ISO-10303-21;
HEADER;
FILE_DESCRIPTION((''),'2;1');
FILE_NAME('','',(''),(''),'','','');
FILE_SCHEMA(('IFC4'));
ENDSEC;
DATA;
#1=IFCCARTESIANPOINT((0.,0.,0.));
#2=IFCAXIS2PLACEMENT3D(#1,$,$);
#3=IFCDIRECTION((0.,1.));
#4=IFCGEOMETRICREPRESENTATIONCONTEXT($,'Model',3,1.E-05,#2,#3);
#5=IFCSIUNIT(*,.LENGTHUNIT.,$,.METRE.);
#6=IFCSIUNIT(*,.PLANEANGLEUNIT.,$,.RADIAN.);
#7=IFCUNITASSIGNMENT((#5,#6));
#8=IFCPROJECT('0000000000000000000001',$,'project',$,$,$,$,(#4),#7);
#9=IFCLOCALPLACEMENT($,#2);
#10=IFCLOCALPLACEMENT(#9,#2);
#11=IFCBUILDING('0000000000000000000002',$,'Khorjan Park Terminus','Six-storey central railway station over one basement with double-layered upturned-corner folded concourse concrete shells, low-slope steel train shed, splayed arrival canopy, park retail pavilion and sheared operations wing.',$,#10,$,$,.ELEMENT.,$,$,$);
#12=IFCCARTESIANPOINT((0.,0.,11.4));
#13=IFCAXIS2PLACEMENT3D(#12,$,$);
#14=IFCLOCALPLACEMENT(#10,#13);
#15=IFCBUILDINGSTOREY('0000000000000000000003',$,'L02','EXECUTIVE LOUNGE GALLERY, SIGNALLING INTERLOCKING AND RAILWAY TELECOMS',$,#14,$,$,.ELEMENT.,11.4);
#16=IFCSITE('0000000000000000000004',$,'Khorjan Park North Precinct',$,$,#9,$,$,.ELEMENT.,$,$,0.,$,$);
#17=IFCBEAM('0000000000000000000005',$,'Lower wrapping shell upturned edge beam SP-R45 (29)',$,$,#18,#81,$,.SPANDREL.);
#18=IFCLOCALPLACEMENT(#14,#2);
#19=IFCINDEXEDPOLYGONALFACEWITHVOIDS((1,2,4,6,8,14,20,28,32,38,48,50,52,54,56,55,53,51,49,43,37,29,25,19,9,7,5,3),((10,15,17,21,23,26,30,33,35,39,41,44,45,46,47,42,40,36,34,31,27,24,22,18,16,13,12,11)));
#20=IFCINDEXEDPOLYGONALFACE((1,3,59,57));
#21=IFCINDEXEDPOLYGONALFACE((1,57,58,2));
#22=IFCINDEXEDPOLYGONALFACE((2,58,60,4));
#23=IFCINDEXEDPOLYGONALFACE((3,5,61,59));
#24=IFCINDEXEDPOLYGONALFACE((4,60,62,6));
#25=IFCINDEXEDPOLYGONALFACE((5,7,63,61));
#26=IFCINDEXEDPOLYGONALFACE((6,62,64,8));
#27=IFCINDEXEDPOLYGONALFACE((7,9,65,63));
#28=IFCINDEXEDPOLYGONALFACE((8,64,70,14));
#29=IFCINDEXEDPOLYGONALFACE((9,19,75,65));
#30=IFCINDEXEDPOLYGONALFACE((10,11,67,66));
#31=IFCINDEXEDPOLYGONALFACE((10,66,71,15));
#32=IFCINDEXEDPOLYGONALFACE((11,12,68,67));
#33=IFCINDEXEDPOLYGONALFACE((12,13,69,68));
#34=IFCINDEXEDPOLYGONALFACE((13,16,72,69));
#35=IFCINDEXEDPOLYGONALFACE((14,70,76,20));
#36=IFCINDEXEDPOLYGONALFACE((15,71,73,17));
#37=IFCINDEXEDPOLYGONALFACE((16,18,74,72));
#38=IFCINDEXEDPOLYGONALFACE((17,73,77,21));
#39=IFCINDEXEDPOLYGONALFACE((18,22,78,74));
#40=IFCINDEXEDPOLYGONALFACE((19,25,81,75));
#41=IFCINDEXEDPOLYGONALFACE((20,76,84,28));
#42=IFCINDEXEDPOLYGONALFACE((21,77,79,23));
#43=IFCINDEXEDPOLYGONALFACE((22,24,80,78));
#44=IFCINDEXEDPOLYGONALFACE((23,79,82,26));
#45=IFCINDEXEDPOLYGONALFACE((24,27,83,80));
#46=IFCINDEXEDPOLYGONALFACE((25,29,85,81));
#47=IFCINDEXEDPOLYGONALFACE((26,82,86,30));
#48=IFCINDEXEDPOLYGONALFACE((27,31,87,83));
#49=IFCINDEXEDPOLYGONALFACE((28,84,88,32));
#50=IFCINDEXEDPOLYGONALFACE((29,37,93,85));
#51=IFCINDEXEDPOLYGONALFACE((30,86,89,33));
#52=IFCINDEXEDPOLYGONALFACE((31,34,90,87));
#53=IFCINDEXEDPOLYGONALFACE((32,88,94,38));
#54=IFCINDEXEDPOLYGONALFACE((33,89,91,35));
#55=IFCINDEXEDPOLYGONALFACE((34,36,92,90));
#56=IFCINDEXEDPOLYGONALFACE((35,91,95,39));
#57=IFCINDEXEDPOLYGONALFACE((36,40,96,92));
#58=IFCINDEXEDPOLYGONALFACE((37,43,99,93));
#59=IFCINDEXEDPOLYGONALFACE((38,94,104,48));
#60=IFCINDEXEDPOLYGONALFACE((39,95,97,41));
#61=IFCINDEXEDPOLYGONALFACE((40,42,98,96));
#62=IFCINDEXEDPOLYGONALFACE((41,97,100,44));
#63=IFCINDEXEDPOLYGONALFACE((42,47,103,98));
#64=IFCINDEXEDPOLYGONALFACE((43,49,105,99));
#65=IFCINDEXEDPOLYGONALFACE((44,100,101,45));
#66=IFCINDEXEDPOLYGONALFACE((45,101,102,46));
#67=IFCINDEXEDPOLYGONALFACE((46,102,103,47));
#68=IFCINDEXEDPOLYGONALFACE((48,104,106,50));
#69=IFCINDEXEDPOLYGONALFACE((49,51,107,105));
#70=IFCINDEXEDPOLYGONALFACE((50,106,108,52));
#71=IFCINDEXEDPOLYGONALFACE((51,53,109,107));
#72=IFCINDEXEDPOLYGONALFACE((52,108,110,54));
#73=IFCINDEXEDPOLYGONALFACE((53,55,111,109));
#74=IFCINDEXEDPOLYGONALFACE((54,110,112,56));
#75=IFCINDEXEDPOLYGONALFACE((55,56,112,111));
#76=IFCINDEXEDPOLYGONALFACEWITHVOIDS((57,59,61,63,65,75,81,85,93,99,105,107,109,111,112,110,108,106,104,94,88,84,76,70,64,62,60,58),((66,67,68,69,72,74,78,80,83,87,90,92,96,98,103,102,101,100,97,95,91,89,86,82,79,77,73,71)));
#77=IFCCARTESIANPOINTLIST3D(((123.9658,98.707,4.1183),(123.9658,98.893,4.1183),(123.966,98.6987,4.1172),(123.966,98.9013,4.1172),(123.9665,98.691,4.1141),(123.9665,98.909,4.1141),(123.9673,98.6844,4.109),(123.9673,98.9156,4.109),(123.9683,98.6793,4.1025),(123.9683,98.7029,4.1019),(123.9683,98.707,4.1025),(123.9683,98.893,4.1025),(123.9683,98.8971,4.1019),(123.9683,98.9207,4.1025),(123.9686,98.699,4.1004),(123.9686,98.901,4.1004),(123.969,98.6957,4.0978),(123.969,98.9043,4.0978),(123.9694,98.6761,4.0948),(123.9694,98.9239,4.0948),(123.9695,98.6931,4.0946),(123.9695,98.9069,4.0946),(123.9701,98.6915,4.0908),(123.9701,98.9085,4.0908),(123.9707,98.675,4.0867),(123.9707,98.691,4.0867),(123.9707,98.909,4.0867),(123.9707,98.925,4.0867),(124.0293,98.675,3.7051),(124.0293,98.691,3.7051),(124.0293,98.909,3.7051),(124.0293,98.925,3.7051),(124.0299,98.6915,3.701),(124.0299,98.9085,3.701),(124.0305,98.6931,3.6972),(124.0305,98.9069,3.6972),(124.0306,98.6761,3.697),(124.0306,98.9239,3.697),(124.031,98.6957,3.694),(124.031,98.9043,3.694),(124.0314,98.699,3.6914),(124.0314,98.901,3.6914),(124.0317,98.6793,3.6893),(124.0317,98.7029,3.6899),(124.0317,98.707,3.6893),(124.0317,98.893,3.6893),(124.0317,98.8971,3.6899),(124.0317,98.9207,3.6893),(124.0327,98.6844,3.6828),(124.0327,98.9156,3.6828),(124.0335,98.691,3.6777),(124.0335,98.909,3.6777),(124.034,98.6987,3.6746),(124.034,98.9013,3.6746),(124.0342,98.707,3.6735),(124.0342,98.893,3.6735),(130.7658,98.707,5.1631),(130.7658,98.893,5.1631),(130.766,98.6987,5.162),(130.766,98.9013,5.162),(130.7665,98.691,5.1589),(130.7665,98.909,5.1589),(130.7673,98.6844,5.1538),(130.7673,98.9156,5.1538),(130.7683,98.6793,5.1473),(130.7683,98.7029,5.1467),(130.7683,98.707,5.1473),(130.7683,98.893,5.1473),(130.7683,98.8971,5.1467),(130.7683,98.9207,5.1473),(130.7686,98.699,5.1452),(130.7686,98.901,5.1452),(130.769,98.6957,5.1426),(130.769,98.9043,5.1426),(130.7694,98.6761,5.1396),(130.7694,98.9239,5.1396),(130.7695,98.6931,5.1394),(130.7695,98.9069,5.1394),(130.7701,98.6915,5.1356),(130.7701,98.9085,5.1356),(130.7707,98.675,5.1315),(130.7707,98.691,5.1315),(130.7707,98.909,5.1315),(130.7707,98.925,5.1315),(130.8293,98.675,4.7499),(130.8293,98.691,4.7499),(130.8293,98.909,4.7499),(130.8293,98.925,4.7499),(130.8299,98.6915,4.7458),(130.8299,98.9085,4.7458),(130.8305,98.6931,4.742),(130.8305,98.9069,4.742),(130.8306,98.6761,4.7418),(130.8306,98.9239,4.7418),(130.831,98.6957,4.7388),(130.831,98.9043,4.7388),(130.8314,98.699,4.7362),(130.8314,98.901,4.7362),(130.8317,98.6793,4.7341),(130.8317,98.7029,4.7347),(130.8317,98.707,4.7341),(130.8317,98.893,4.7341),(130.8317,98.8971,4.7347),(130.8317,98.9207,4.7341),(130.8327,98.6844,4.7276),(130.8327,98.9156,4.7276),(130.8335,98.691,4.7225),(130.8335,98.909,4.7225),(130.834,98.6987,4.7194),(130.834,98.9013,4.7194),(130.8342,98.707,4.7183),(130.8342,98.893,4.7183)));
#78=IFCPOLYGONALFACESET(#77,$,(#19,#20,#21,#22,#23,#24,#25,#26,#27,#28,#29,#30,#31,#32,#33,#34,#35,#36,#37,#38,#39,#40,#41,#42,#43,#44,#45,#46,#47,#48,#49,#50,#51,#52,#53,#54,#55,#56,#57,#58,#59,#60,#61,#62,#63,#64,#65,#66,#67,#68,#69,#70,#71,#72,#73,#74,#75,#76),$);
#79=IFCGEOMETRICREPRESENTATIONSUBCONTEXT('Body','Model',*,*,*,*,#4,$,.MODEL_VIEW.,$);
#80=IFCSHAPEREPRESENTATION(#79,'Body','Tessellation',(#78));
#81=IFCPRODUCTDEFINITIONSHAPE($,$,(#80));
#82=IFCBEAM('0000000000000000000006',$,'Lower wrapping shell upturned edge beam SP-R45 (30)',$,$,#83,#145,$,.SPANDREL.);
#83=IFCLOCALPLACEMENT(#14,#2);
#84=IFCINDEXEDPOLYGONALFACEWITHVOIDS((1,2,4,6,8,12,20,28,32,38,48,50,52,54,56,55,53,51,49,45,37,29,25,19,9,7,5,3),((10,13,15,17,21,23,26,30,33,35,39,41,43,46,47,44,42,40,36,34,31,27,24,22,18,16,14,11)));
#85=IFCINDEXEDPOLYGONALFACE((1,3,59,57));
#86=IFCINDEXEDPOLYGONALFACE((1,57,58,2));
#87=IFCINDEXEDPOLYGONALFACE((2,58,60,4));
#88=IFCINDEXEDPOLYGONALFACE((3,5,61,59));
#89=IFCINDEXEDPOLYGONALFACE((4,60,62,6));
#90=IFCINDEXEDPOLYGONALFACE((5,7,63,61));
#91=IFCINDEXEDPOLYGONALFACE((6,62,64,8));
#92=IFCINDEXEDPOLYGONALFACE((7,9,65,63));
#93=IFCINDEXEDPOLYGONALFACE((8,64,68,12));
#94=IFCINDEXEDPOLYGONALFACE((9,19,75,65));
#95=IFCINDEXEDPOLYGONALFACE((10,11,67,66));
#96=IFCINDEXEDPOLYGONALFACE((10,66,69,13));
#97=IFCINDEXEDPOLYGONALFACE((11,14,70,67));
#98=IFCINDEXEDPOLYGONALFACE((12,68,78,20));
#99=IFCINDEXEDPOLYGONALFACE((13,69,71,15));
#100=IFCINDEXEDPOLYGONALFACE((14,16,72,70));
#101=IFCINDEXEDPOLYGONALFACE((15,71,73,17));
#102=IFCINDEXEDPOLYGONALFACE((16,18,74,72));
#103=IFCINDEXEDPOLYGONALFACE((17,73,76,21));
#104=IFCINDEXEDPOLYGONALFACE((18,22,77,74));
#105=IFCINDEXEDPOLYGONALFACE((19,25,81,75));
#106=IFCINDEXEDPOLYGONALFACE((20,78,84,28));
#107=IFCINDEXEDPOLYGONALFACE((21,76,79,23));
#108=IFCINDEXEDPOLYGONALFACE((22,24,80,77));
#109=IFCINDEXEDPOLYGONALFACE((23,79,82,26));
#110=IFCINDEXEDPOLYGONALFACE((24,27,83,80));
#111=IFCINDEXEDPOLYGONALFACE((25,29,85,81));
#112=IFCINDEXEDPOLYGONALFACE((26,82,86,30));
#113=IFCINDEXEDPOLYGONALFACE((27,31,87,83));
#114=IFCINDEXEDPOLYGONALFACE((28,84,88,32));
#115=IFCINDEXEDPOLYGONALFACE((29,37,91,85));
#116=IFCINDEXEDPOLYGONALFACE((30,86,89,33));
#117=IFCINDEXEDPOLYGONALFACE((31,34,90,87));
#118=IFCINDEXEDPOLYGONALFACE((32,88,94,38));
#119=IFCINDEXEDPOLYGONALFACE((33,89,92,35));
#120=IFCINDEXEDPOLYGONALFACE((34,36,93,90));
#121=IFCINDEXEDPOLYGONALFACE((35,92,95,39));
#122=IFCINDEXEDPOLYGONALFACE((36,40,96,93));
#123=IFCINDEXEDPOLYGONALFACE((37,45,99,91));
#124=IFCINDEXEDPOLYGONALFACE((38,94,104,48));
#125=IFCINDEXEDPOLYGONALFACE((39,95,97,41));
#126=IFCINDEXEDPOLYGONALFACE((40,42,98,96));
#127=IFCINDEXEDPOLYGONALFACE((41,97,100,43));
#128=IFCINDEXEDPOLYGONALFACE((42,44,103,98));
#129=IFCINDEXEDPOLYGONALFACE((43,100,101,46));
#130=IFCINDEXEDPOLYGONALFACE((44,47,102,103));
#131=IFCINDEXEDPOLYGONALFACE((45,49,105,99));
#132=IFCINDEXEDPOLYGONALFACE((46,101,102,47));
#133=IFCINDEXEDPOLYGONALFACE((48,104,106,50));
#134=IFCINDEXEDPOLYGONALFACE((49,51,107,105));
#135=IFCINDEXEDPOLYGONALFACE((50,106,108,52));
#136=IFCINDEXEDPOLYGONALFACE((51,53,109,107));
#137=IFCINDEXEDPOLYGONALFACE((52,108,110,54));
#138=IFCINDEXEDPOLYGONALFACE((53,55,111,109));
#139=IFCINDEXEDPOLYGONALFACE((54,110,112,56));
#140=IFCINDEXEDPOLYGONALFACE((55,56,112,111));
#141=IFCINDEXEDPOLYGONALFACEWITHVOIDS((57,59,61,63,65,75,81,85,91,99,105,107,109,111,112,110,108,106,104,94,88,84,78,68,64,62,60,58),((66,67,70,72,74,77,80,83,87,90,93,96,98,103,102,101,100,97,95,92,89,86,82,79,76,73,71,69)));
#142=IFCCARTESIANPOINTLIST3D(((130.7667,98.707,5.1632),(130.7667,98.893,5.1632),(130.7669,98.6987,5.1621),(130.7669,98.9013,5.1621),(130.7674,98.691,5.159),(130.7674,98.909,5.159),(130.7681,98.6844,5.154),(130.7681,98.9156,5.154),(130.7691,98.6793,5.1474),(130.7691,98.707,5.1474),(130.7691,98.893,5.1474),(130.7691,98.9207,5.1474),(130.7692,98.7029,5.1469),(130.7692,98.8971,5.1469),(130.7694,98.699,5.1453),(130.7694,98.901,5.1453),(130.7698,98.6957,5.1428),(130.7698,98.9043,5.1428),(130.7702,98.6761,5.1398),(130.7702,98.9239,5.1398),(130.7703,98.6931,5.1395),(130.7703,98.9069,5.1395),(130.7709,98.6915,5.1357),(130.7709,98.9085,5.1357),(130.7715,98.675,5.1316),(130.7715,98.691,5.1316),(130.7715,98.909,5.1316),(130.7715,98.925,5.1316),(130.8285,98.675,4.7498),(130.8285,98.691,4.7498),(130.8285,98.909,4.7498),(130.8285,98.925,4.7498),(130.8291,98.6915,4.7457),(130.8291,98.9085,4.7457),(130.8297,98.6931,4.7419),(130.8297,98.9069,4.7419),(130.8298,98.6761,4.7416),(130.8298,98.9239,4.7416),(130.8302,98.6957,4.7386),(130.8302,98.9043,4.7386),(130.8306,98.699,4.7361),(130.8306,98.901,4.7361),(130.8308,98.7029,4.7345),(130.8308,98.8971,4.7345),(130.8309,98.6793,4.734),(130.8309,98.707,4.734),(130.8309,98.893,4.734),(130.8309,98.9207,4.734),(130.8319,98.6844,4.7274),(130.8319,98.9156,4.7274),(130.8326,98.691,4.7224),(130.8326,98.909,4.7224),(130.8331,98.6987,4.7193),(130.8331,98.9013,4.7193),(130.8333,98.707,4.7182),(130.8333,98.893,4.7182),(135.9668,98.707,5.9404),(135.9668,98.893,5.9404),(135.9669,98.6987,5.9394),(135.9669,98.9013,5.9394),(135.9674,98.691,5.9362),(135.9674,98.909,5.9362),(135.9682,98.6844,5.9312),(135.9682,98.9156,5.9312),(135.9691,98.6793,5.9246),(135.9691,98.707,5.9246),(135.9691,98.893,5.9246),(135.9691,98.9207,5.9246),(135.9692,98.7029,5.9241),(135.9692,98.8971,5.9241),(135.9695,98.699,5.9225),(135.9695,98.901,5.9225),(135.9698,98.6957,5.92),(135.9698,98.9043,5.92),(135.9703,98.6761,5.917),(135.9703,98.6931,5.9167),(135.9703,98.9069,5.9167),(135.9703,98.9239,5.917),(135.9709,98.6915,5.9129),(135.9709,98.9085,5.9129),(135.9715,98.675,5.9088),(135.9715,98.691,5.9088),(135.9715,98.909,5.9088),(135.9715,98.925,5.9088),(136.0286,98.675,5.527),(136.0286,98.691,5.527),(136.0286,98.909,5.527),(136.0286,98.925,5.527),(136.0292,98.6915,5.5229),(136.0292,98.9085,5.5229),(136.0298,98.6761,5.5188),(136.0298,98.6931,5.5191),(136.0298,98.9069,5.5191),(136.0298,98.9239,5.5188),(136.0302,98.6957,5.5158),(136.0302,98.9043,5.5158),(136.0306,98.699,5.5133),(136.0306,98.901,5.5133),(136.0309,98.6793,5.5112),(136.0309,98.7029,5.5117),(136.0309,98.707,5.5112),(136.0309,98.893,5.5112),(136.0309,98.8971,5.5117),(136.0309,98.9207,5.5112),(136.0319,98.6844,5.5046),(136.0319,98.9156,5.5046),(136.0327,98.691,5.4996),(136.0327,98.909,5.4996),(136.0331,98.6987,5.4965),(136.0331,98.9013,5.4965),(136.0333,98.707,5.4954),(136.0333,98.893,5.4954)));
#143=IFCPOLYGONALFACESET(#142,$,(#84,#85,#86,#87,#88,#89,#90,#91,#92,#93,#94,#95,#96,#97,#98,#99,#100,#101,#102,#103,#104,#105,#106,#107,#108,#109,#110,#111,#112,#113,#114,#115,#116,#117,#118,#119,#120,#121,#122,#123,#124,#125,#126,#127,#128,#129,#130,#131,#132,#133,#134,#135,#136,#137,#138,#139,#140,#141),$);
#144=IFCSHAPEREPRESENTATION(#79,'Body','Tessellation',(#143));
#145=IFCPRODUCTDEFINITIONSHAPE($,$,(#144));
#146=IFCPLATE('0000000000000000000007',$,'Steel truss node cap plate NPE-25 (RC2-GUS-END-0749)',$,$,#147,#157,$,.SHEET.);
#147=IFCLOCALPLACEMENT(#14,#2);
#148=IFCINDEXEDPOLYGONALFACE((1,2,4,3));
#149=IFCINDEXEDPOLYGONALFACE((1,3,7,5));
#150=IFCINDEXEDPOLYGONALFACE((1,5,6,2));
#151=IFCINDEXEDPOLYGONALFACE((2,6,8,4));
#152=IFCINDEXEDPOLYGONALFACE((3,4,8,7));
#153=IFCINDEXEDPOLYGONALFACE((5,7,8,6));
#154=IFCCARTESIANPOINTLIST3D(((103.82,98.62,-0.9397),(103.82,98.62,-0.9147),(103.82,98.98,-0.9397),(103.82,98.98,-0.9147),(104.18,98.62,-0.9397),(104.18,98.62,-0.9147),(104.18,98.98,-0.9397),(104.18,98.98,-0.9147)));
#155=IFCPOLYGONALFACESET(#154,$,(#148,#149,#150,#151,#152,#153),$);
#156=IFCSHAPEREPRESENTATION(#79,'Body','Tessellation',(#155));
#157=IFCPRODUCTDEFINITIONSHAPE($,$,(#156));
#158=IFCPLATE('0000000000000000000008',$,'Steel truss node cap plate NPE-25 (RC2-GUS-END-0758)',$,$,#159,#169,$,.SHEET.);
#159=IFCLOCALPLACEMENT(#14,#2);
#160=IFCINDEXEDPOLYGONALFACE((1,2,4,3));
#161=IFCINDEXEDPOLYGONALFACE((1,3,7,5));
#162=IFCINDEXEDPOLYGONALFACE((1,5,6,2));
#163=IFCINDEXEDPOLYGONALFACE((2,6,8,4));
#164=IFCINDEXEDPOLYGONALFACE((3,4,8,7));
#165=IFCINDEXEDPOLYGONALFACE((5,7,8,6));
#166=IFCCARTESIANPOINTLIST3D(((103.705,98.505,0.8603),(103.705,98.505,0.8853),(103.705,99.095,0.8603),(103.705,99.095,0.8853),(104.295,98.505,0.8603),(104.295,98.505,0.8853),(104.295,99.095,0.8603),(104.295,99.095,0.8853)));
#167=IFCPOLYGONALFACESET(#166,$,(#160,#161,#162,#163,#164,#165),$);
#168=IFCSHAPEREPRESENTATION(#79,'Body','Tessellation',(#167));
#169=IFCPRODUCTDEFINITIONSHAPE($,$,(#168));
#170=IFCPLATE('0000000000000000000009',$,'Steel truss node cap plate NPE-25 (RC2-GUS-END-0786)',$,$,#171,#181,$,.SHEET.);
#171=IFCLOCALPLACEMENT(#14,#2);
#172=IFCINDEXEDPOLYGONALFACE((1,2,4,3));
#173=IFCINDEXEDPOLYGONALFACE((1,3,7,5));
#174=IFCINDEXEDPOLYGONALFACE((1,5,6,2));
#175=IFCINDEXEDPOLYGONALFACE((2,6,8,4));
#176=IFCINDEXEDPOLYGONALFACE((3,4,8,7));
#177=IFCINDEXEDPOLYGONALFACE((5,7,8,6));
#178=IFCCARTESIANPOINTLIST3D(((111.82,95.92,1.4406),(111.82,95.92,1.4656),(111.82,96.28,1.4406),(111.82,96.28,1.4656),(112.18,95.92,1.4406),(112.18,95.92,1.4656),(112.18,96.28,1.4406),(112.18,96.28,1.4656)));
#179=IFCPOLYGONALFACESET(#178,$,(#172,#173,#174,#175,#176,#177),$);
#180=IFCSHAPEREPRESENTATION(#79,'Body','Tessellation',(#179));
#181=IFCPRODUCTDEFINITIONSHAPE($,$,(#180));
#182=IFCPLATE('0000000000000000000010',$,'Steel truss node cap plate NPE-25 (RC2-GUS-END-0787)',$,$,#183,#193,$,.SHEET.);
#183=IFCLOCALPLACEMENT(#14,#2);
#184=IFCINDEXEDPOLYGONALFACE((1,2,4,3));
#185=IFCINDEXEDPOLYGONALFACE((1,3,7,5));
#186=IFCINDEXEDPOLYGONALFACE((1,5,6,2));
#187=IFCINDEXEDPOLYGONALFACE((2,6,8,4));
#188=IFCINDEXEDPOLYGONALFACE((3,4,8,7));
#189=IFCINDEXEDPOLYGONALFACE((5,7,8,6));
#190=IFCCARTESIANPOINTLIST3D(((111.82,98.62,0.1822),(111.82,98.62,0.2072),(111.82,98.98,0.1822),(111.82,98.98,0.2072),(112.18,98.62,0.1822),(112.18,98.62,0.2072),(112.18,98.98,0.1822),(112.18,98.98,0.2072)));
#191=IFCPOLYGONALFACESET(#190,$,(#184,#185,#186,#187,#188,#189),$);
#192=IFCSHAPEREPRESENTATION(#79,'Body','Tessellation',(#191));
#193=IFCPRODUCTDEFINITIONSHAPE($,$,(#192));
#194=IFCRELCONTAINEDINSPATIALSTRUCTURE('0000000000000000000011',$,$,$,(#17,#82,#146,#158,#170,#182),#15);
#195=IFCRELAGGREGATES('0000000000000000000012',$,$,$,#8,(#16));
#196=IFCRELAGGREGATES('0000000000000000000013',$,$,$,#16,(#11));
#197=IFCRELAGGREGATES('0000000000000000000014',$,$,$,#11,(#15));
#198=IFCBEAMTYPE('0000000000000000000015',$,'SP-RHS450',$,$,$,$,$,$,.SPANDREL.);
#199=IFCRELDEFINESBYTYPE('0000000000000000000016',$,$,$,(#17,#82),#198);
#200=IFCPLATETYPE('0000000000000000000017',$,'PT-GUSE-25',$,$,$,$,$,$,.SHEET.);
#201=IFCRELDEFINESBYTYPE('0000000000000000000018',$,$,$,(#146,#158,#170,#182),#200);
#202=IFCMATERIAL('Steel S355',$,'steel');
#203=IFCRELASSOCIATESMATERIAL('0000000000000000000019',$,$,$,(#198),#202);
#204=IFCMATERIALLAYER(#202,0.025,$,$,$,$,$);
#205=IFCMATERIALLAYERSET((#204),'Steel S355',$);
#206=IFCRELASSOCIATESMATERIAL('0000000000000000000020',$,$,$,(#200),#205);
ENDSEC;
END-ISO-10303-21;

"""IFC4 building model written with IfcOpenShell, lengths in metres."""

from ifc_helpers import new_model, si_unit, direction, frame, origin, origin_2d, place, context, subcontext, project, spatial, rectangle, hollow_rectangle, extrude, material, layer, layer_set, material_profile, profile_set, type_object, element, save


model = new_model("IFC4")

# Units and contexts
model_context = context("Model", 3, precision=1e-05, world=origin(), true_north=direction((0.0, 1.0)))
body_context = subcontext(model_context, "Body", "Model", "MODEL_VIEW")
ifc_project = project(units=[si_unit("LENGTHUNIT", "METRE"), si_unit("PLANEANGLEUNIT", "RADIAN")], contexts=[model_context])

# Site, building, storey
site_placement = place(None, origin())
site = spatial("IfcSite", under=ifc_project, at=site_placement, Name="Khorjan Park North Precinct", CompositionType="ELEMENT", RefElevation=0.0)
building_placement = place(site_placement, origin())
building = spatial("IfcBuilding", under=site, at=building_placement, Name="Khorjan Park Terminus", Description="Six-storey central railway station over one basement with double-layered upturned-corner folded concourse concrete shells, low-slope steel train shed, splayed arrival canopy, park retail pavilion and sheared operations wing.", CompositionType="ELEMENT")
storey_placement = place(building_placement, frame((0.0, 0.0, 11.4)))
storey = spatial("IfcBuildingStorey", under=building, at=storey_placement, Name="L02", Description="EXECUTIVE LOUNGE GALLERY, SIGNALLING INTERLOCKING AND RAILWAY TELECOMS", CompositionType="ELEMENT", Elevation=11.4)

# Shared definitions
ifc_material = material(Name="Steel S355", Category="steel")

# Beams
ifc_material_profile_1 = material_profile(ifc_material, hollow_rectangle(XDim=0.25, YDim=0.45, WallThickness=0.016, InnerFilletRadius=0.016, OuterFilletRadius=0.032, at=origin_2d()), Name="RHS 450x250x16")
ifc_profile_set_1 = profile_set([ifc_material_profile_1], Name="Steel S355")
beam_type = type_object("IfcBeamType", Name="SP-RHS450", PredefinedType="SPANDREL", material=ifc_profile_set_1)
beam_1_placement = place(storey_placement, frame((124.0, 98.8, 3.8959), z_axis=(0.988401, 0.0, 0.151865), x_axis=(0.0, 1.0, 0.0)))
element("IfcBeam", 1, at=beam_1_placement, inside=storey, type_object=beam_type, Name="Lower wrapping shell upturned edge beam SP-R45 (29)", PredefinedType="SPANDREL", context=body_context, shape_type="SweptSolid", body=[
    extrude(hollow_rectangle(XDim=0.25, YDim=0.45, WallThickness=0.016, InnerFilletRadius=0.016, OuterFilletRadius=0.032, at=origin_2d()), origin(), (0.0, 0.0, 1.0), 6.8798),
])
beam_2_placement = place(storey_placement, frame((130.8, 98.8, 4.9407), z_axis=(0.989014, 0.0, 0.14782), x_axis=(0.0, 1.0, 0.0)))
element("IfcBeam", 2, at=beam_2_placement, inside=storey, type_object=beam_type, Name="Lower wrapping shell upturned edge beam SP-R45 (30)", PredefinedType="SPANDREL", context=body_context, shape_type="SweptSolid", body=[
    extrude(hollow_rectangle(XDim=0.25, YDim=0.45, WallThickness=0.016, InnerFilletRadius=0.016, OuterFilletRadius=0.032, at=origin_2d()), origin(), (0.0, 0.0, 1.0), 5.2578),
])

# Plates
ifc_layer = layer(ifc_material, 0.025)
ifc_layer_set = layer_set([ifc_layer], Name="Steel S355")
plate_type = type_object("IfcPlateType", Name="PT-GUSE-25", PredefinedType="SHEET", material=ifc_layer_set)
plate_1_placement = place(storey_placement, frame((104.0, 98.8, -0.9397), z_axis=(0.0, 0.0, 1.0), x_axis=(1.0, 0.0, 0.0)))
element("IfcPlate", 3, at=plate_1_placement, inside=storey, type_object=plate_type, Name="Steel truss node cap plate NPE-25 (RC2-GUS-END-0749)", PredefinedType="SHEET", context=body_context, shape_type="SweptSolid", body=[
    extrude(rectangle(XDim=0.36, YDim=0.36, at=origin_2d()), origin(), (0.0, 0.0, 1.0), 0.025),
])
plate_2_placement = place(storey_placement, frame((104.0, 98.8, 0.8603), z_axis=(0.0, 0.0, 1.0), x_axis=(1.0, 0.0, 0.0)))
element("IfcPlate", 4, at=plate_2_placement, inside=storey, type_object=plate_type, Name="Steel truss node cap plate NPE-25 (RC2-GUS-END-0758)", PredefinedType="SHEET", context=body_context, shape_type="SweptSolid", body=[
    extrude(rectangle(XDim=0.59, YDim=0.59, at=origin_2d()), origin(), (0.0, 0.0, 1.0), 0.025),
])
for number, where, z_axis, x_axis, name in (
    (5, (112.0, 96.1, 1.4406), (0.0, 0.0, 1.0), (1.0, 0.0, 0.0), "Steel truss node cap plate NPE-25 (RC2-GUS-END-0786)"),
    (6, (112.0, 98.8, 0.1822), (0.0, 0.0, 1.0), (1.0, 0.0, 0.0), "Steel truss node cap plate NPE-25 (RC2-GUS-END-0787)"),
):
    element("IfcPlate", number, at=place(storey_placement, frame(where, z_axis=z_axis, x_axis=x_axis)), inside=storey, type_object=plate_type, Name=name, PredefinedType="SHEET", context=body_context, shape_type="SweptSolid", body=[
        extrude(rectangle(XDim=0.36, YDim=0.36, at=origin_2d()), origin(), (0.0, 0.0, 1.0), 0.025),
    ])

save(model, "model.ifc")
